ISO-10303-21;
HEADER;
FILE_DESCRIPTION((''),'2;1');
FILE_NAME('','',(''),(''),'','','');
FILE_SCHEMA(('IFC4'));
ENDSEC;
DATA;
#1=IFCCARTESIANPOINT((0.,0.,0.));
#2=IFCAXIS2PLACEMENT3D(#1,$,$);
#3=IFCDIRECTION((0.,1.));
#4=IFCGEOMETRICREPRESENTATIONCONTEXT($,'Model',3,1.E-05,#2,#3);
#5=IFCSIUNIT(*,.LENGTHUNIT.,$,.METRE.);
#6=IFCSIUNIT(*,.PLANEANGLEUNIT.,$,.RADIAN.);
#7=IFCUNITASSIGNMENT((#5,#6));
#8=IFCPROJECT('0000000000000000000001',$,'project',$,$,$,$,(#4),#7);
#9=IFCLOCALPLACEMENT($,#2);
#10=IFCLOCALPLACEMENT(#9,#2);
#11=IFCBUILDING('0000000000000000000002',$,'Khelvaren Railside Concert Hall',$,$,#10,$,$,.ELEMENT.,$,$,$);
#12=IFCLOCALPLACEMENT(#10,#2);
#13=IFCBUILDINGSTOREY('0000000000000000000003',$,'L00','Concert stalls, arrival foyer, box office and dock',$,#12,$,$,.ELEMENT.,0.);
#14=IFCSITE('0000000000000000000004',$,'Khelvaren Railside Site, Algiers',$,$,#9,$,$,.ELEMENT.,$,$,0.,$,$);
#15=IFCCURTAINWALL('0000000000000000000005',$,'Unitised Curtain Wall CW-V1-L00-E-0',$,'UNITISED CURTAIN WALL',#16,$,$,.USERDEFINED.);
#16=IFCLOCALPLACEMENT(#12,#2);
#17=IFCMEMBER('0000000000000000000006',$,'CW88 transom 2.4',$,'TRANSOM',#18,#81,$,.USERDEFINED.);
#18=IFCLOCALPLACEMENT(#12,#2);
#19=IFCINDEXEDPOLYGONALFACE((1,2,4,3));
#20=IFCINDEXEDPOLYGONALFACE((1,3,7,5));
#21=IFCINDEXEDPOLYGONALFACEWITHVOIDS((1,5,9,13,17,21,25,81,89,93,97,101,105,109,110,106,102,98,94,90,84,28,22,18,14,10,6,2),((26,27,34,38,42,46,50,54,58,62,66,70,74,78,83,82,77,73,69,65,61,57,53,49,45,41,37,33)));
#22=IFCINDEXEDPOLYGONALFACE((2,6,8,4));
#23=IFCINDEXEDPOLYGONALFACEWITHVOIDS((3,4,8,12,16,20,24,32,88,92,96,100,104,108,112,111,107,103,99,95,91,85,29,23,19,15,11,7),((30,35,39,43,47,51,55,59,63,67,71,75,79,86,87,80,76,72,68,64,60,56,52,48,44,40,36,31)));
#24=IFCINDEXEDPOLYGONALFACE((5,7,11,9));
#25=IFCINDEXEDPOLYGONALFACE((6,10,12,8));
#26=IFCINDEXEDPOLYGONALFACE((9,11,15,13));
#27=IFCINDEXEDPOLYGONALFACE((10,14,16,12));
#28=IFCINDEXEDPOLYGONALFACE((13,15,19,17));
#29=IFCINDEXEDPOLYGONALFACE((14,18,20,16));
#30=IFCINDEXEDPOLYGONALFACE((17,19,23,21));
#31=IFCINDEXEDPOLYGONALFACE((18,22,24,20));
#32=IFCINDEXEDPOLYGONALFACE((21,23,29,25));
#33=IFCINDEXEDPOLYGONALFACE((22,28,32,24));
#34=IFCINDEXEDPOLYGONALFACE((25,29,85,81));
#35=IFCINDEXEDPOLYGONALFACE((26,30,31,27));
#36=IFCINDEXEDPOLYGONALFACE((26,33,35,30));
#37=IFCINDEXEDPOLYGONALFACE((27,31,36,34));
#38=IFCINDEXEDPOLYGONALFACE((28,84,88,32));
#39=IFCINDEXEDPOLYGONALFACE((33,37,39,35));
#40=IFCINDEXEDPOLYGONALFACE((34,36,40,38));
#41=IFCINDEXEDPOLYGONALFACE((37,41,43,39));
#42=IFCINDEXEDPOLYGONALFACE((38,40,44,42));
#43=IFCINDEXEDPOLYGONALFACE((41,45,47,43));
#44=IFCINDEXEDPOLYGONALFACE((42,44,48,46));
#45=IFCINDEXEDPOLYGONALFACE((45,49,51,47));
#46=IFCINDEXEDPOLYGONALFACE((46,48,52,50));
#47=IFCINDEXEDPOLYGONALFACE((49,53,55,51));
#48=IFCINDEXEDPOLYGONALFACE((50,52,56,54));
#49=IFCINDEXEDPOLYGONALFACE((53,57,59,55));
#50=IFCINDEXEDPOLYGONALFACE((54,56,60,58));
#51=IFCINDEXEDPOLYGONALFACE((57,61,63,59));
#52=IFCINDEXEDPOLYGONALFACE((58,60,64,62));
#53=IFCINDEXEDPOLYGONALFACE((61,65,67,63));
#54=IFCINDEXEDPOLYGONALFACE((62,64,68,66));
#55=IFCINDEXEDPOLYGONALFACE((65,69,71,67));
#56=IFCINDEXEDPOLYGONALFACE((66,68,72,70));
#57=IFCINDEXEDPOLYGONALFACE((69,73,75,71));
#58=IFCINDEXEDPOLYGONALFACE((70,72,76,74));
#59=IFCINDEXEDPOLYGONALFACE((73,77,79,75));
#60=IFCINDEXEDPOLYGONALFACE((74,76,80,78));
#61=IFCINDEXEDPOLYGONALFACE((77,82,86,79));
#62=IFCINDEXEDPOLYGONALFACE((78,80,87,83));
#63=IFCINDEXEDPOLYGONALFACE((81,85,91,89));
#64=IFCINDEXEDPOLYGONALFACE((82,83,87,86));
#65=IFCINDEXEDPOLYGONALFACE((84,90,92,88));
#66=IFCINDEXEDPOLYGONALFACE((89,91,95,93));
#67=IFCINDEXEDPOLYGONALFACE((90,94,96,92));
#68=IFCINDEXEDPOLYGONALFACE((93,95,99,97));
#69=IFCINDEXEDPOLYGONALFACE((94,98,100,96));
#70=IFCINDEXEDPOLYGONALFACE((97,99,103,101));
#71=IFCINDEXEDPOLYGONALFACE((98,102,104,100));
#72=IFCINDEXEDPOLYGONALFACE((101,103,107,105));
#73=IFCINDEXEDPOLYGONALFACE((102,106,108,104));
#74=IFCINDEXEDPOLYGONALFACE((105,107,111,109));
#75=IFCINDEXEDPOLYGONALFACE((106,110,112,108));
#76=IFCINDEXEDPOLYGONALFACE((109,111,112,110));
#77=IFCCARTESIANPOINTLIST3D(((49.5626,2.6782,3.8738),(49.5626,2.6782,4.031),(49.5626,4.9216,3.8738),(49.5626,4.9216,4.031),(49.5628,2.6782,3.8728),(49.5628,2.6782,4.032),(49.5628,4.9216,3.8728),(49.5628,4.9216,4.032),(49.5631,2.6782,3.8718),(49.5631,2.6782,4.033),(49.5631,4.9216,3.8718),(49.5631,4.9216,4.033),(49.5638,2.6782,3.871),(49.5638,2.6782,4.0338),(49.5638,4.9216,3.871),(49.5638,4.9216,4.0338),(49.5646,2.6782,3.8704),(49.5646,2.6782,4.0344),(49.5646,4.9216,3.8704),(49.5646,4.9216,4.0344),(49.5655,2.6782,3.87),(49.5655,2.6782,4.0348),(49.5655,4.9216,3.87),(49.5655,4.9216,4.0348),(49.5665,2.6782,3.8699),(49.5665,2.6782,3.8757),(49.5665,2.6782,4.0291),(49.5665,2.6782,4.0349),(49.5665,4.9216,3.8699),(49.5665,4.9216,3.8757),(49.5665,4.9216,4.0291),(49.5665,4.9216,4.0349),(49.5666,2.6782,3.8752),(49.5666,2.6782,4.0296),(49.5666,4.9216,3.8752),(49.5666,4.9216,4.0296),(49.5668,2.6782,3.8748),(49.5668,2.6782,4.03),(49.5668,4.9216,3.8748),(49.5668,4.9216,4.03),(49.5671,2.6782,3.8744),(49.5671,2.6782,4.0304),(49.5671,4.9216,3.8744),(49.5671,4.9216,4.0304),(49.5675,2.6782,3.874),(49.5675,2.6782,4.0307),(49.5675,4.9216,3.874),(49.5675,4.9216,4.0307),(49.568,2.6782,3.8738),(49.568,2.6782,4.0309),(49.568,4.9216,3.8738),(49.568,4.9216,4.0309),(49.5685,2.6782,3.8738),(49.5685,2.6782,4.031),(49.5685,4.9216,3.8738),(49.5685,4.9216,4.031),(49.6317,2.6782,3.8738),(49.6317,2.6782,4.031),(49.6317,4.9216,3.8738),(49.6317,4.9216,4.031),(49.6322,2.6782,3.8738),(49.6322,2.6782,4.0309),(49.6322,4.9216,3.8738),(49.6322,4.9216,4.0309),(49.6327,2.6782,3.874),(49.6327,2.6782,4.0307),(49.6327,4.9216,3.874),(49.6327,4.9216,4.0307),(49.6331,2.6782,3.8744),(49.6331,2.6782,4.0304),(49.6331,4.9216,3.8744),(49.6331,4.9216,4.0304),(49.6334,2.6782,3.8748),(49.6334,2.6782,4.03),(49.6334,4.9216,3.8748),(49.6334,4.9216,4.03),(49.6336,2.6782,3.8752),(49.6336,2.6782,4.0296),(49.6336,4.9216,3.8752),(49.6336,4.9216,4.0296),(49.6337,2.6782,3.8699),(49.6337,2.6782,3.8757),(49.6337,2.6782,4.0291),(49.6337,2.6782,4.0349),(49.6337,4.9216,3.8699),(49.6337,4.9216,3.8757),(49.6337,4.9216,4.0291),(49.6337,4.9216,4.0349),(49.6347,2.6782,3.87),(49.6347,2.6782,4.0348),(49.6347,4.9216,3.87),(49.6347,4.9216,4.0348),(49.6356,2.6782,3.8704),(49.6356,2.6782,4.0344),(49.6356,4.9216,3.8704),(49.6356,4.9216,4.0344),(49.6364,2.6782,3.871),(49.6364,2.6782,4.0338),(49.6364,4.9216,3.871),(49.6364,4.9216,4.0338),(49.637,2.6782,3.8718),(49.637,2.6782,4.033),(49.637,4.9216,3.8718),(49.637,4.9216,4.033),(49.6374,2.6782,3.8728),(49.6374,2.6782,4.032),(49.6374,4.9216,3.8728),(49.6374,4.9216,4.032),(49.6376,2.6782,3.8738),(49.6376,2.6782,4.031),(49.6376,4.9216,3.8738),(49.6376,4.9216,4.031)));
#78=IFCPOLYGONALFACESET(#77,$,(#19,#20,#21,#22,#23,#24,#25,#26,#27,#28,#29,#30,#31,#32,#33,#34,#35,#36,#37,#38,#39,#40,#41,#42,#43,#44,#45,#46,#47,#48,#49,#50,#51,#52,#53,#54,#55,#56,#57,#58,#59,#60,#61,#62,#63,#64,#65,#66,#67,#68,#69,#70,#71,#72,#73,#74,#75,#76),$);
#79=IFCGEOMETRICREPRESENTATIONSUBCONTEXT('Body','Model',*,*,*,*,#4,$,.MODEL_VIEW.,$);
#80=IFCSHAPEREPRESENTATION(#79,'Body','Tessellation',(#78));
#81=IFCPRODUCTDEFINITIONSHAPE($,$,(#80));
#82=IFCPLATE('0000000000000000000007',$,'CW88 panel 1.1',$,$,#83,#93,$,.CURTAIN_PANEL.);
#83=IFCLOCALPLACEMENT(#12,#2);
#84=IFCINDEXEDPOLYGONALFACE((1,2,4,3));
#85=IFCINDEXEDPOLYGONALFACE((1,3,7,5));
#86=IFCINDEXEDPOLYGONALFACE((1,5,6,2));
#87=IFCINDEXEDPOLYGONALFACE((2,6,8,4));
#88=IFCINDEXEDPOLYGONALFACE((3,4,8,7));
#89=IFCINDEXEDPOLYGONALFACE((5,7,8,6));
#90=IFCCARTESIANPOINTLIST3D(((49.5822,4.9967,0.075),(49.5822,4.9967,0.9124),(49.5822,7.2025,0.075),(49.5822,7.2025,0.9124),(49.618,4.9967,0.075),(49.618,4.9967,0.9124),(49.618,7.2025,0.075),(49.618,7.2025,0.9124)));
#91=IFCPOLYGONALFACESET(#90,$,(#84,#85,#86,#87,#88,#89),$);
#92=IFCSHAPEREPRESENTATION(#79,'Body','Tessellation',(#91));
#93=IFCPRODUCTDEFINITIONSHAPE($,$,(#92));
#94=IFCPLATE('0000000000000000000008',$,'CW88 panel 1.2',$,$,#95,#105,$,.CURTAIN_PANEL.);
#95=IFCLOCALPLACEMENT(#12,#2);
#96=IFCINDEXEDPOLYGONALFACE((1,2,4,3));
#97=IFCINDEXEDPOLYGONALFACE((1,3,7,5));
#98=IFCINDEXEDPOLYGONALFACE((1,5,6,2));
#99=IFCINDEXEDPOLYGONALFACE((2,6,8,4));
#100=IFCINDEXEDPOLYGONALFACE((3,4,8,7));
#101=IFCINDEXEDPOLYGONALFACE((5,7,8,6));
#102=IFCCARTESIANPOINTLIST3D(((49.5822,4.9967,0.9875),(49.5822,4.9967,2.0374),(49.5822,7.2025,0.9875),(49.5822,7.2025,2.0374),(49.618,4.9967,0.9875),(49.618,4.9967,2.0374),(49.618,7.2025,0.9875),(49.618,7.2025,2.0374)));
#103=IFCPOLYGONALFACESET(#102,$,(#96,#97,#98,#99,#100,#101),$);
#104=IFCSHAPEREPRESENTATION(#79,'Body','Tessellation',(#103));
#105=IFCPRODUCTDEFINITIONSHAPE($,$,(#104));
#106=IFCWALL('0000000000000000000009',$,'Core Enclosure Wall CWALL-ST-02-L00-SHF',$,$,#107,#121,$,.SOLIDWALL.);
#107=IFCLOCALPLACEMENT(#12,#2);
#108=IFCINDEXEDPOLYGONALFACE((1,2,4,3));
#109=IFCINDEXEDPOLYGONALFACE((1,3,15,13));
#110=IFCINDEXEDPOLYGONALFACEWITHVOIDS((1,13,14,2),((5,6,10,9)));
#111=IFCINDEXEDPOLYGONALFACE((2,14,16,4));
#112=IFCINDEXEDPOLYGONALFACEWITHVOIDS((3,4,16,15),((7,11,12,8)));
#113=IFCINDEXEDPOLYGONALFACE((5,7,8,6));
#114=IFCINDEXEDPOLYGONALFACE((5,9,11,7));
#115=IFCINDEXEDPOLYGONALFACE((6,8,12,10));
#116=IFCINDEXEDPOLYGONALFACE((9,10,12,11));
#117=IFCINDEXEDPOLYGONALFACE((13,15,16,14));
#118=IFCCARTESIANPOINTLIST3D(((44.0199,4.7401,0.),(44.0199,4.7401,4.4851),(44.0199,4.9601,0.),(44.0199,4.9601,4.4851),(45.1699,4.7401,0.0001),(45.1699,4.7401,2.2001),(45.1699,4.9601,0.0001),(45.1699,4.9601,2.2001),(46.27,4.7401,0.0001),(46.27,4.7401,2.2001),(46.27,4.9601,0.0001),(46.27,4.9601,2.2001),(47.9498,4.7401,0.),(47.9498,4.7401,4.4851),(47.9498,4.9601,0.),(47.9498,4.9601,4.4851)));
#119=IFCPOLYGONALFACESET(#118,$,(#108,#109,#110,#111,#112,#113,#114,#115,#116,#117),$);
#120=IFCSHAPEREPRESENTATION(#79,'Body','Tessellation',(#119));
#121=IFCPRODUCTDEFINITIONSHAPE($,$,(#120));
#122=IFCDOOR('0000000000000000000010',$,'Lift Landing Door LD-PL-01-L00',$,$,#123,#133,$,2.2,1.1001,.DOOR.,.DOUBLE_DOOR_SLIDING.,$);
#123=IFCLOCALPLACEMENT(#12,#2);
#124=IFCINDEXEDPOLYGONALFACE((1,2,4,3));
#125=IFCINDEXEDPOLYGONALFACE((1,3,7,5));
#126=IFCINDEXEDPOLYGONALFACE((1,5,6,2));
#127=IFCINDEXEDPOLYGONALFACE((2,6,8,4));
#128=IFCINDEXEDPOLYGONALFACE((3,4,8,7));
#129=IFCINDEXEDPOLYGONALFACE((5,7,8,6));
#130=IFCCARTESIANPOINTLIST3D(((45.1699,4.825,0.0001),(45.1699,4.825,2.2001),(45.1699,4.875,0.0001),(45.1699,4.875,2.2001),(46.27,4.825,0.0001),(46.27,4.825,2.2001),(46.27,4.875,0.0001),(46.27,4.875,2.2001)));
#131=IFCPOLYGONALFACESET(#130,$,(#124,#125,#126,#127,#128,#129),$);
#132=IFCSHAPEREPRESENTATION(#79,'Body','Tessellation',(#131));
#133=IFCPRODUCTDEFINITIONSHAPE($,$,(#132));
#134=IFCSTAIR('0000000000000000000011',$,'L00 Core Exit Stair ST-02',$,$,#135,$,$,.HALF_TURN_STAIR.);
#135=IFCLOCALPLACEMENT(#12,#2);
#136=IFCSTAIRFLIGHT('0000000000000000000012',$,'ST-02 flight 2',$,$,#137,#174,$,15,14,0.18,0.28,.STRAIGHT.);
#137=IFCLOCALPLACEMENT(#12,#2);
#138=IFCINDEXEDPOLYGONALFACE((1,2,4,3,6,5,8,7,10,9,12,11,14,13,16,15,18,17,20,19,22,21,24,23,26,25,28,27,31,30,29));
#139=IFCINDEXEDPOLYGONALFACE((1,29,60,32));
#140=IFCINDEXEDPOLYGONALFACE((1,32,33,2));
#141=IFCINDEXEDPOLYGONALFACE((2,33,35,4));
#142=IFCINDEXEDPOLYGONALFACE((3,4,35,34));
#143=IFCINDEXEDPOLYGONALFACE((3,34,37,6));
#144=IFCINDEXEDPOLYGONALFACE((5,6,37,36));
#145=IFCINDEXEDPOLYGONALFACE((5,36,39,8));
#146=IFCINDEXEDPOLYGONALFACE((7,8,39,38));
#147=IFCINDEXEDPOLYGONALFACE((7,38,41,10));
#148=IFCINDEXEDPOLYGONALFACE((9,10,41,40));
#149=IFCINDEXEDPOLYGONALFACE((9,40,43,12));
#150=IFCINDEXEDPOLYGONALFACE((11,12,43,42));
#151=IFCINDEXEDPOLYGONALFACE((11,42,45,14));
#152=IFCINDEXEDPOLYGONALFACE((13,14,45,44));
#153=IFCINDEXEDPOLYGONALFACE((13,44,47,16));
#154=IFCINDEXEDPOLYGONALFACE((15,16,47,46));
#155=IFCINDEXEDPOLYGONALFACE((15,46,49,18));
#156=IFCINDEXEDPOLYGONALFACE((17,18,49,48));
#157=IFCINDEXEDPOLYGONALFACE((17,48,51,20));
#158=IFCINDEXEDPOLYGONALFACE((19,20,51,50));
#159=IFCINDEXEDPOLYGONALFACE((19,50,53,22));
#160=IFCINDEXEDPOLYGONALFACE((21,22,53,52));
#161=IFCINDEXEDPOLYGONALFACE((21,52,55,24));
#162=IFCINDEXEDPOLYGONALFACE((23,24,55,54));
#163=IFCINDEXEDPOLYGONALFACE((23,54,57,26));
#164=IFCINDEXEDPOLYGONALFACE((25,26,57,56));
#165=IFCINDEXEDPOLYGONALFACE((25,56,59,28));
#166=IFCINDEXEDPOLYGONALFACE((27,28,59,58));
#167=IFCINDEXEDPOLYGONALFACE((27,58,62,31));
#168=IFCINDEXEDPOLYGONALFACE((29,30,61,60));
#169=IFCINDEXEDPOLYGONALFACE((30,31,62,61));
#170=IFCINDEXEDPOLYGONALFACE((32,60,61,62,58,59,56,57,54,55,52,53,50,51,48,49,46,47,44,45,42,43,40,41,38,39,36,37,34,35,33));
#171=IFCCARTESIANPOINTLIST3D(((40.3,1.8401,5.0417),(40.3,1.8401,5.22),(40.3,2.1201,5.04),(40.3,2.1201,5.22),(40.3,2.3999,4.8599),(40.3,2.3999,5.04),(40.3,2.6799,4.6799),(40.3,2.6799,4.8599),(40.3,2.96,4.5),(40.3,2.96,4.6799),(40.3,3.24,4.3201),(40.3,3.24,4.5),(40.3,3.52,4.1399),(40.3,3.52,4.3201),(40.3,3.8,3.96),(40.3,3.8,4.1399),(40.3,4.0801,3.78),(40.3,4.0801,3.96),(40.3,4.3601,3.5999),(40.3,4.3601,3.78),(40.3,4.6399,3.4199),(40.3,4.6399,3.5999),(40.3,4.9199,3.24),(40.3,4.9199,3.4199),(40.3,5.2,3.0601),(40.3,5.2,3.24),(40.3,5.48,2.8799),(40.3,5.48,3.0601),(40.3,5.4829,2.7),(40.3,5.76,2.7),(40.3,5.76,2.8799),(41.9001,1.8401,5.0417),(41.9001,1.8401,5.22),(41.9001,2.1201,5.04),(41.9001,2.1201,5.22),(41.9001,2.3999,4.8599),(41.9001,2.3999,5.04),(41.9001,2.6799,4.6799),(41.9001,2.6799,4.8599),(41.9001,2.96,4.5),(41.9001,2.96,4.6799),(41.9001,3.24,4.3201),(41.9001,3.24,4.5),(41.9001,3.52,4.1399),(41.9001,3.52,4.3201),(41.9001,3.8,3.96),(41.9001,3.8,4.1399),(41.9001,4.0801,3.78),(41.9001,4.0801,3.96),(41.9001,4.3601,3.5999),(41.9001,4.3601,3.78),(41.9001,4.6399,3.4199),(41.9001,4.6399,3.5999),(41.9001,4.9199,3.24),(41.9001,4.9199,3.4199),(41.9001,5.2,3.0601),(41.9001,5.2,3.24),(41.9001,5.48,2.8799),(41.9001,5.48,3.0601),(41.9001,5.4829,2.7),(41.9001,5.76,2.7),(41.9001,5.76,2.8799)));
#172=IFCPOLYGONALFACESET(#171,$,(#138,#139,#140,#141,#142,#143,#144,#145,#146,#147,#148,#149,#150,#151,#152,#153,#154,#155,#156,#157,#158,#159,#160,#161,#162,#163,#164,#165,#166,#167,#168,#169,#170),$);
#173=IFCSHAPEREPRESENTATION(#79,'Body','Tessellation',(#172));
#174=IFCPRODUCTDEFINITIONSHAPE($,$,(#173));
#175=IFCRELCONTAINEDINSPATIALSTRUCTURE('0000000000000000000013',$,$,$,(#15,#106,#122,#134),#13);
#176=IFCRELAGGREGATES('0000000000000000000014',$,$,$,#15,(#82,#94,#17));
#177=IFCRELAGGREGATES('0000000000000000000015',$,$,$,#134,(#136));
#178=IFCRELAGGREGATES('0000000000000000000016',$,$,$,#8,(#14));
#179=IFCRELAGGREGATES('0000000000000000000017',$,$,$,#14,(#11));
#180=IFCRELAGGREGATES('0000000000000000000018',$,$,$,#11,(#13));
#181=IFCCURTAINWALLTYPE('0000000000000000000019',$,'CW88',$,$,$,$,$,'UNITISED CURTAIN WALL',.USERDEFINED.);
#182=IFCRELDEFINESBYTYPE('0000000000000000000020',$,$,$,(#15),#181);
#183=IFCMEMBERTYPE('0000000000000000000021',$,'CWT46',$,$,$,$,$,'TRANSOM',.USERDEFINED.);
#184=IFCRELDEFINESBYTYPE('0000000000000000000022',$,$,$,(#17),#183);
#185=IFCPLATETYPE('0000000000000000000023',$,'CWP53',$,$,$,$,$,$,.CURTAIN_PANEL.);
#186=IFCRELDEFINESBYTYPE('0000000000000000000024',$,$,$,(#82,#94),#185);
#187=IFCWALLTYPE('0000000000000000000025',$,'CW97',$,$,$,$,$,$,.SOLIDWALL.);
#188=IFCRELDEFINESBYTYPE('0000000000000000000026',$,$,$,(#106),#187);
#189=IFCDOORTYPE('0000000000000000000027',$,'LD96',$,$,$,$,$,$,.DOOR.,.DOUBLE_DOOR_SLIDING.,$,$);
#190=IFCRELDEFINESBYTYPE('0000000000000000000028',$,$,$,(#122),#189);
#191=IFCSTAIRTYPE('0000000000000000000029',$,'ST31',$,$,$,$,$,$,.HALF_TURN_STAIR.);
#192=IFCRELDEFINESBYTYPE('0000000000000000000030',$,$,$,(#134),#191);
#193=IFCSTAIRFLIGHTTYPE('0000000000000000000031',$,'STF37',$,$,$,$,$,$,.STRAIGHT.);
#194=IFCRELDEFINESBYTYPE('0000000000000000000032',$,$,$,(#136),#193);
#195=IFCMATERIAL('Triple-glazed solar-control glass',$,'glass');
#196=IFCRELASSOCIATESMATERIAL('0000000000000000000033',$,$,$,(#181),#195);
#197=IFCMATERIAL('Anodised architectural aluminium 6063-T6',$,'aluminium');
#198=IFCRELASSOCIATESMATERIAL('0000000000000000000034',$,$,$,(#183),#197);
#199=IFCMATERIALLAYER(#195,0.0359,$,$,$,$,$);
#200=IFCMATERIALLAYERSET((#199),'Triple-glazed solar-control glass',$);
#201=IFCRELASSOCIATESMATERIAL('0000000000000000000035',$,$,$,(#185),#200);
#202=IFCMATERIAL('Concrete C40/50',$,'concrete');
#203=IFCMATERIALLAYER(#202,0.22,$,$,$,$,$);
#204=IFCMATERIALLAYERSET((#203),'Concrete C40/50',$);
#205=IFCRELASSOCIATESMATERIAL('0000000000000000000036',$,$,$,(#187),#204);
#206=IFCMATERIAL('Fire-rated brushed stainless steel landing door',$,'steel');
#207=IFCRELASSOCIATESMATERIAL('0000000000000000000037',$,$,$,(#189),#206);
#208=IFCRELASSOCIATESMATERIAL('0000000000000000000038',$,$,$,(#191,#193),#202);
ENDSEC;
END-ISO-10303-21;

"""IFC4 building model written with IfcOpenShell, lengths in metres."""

from ifc_helpers import new_model, si_unit, direction, frame, frame_2d, origin, origin_2d, place, context, subcontext, project, spatial, polyline, rectangle, hollow_rectangle, outline, extrude, material, layer, layer_set, material_profile, profile_set, type_object, element, fill, aggregate, save


model = new_model("IFC4")

# Units and contexts
model_context = context("Model", 3, precision=1e-05, world=origin(), true_north=direction((0.0, 1.0)))
body_context = subcontext(model_context, "Body", "Model", "MODEL_VIEW")
ifc_project = project(units=[si_unit("LENGTHUNIT", "METRE"), si_unit("PLANEANGLEUNIT", "RADIAN")], contexts=[model_context])

# Site, building, storey
site_placement = place(None, origin())
site = spatial("IfcSite", under=ifc_project, at=site_placement, Name="Khelvaren Railside Site, Algiers", CompositionType="ELEMENT", RefElevation=0.0)
building_placement = place(site_placement, origin())
building = spatial("IfcBuilding", under=site, at=building_placement, Name="Khelvaren Railside Concert Hall", CompositionType="ELEMENT")
storey_placement = place(building_placement, origin())
storey = spatial("IfcBuildingStorey", under=building, at=storey_placement, Name="L00", Description="Concert stalls, arrival foyer, box office and dock", CompositionType="ELEMENT", Elevation=0.0)

# Curtain wall, member, plates
ifc_material_1 = material(Name="Triple-glazed solar-control glass", Category="glass")
curtain_wall_type = type_object("IfcCurtainWallType", Name="CW88", ElementType="UNITISED CURTAIN WALL", PredefinedType="USERDEFINED", material=ifc_material_1)
curtain_wall_placement = place(storey_placement, origin())
curtain_wall = element("IfcCurtainWall", 1, at=curtain_wall_placement, inside=storey, type_object=curtain_wall_type, Name="Unitised Curtain Wall CW-V1-L00-E-0", ObjectType="UNITISED CURTAIN WALL", PredefinedType="USERDEFINED")
ifc_material_2 = material(Name="Anodised architectural aluminium 6063-T6", Category="aluminium")
ifc_material_profile_1 = material_profile(ifc_material_2, hollow_rectangle(XDim=0.075, YDim=0.165, WallThickness=0.0039, InnerFilletRadius=0.002, OuterFilletRadius=0.0039, at=origin_2d()), Name="CWT 75x165x4")
ifc_profile_set_1 = profile_set([ifc_material_profile_1], Name="Anodised architectural aluminium 6063-T6")
member_type_1 = type_object("IfcMemberType", Name="CWT46", ElementType="TRANSOM", PredefinedType="USERDEFINED", material=ifc_profile_set_1)
member_1_placement = place(storey_placement, frame((49.6001, 4.9216, 3.9524), z_axis=(0.0, -1.0, 0.0), x_axis=(1.0, 0.0, 0.0)))
member_1 = element("IfcMember", 2, at=member_1_placement, type_object=member_type_1, Name="CW88 transom 2.4", ObjectType="TRANSOM", PredefinedType="USERDEFINED", context=body_context, shape_type="SweptSolid", body=[
    extrude(hollow_rectangle(XDim=0.075, YDim=0.165, WallThickness=0.0039, InnerFilletRadius=0.002, OuterFilletRadius=0.0039, at=origin_2d()), origin(), (0.0, 0.0, 1.0), 2.2434),
])
ifc_layer_1 = layer(ifc_material_1, 0.0359)
ifc_layer_set_1 = layer_set([ifc_layer_1], Name="Triple-glazed solar-control glass")
plate_type = type_object("IfcPlateType", Name="CWP53", PredefinedType="CURTAIN_PANEL", material=ifc_layer_set_1)
plate_1_placement = place(storey_placement, frame((49.6001, 6.0996, 0.075), z_axis=(0.0, 0.0, 1.0), x_axis=(0.0, -1.0, 0.0)))
plate_1 = element("IfcPlate", 3, at=plate_1_placement, type_object=plate_type, Name="CW88 panel 1.1", PredefinedType="CURTAIN_PANEL", context=body_context, shape_type="SweptSolid", body=[
    extrude(rectangle(XDim=2.2058, YDim=0.0359, at=origin_2d()), origin(), (0.0, 0.0, 1.0), 0.8374),
])
plate_2_placement = place(storey_placement, frame((49.6001, 6.0996, 0.9875), z_axis=(0.0, 0.0, 1.0), x_axis=(0.0, -1.0, 0.0)))
plate_2 = element("IfcPlate", 4, at=plate_2_placement, type_object=plate_type, Name="CW88 panel 1.2", PredefinedType="CURTAIN_PANEL", context=body_context, shape_type="SweptSolid", body=[
    extrude(rectangle(XDim=2.2058, YDim=0.0359, at=origin_2d()), origin(), (0.0, 0.0, 1.0), 1.0498),
])
aggregate(curtain_wall, [plate_1, plate_2, member_1])

# Wall, opening, door
ifc_material_3 = material(Name="Concrete C40/50", Category="concrete")
ifc_layer_2 = layer(ifc_material_3, 0.22)
ifc_layer_set_2 = layer_set([ifc_layer_2], Name="Concrete C40/50")
wall_type = type_object("IfcWallType", Name="CW97", PredefinedType="SOLIDWALL", material=ifc_layer_set_2)
wall_placement = place(storey_placement, frame((44.02, 4.8501, 0.0), z_axis=(0.0, 0.0, 1.0), x_axis=(1.0, 0.0, 0.0)))
wall = element("IfcWall", 5, at=wall_placement, inside=storey, type_object=wall_type, Name="Core Enclosure Wall CWALL-ST-02-L00-SHF", PredefinedType="SOLIDWALL", context=body_context, shape_type="SweptSolid", body=[
    extrude(rectangle(XDim=3.9299, YDim=0.22, at=frame_2d((1.9648, 0.0))), origin(), (0.0, 0.0, 1.0), 4.4851),
])
opening_placement = place(wall_placement, frame((1.1499, 0.0, 0.0)))
opening = element("IfcOpeningElement", 6, at=opening_placement, cuts=wall, PredefinedType="OPENING", context=body_context, shape_type="SweptSolid", body=[
    extrude(rectangle(XDim=1.1001, YDim=2.2, at=frame_2d((0.55, 1.1001))), frame((0.0, 0.1199, 0.0), z_axis=(0.0, -1.0, 0.0), x_axis=(1.0, 0.0, 0.0)), (0.0, 0.0, 1.0), 0.24),
])
ifc_material_4 = material(Name="Fire-rated brushed stainless steel landing door", Category="steel")
door_type = type_object("IfcDoorType", Name="LD96", OperationType="DOUBLE_DOOR_SLIDING", PredefinedType="DOOR", material=ifc_material_4)
door_placement = place(opening_placement, origin())
door = element("IfcDoor", 7, at=door_placement, inside=storey, type_object=door_type, Name="Lift Landing Door LD-PL-01-L00", OperationType="DOUBLE_DOOR_SLIDING", OverallHeight=2.2, OverallWidth=1.1001, PredefinedType="DOOR", context=body_context, shape_type="SweptSolid", body=[
    extrude(rectangle(XDim=1.1001, YDim=2.2, at=frame_2d((0.55, 1.1001))), frame((0.0, 0.0249, 0.0), z_axis=(0.0, -1.0, 0.0), x_axis=(1.0, 0.0, 0.0)), (0.0, 0.0, 1.0), 0.05),
])
fill(opening, door)

# Stair, stair flight
stair_type = type_object("IfcStairType", Name="ST31", PredefinedType="HALF_TURN_STAIR", material=ifc_material_3)
stair_placement = place(storey_placement, origin())
stair = element("IfcStair", 8, at=stair_placement, inside=storey, type_object=stair_type, Name="L00 Core Exit Stair ST-02", PredefinedType="HALF_TURN_STAIR")
stair_flight_type = type_object("IfcStairFlightType", Name="STF37", PredefinedType="STRAIGHT", material=ifc_material_3)
stair_flight_placement = place(storey_placement, frame((41.1001, 5.76, 2.7), z_axis=(0.0, 0.0, 1.0), x_axis=(0.0, -1.0, 0.0)))
stair_flight = element("IfcStairFlight", 9, at=stair_flight_placement, type_object=stair_flight_type, Name="ST-02 flight 2", NumberOfRisers=15, NumberOfTreads=14, PredefinedType="STRAIGHT", RiserHeight=0.18, TreadLength=0.28, context=body_context, shape_type="SweptSolid", body=[
    extrude(outline(polyline([(0.0, 0.0), (0.0, 0.1799), (0.28, 0.1799), (0.28, 0.3601), (0.5601, 0.3601), (0.5601, 0.54), (0.8401, 0.54), (0.8401, 0.72), (1.1201, 0.72), (1.1201, 0.8999), (1.3999, 0.8999), (1.3999, 1.0801), (1.6799, 1.0801), (1.6799, 1.26), (1.96, 1.26), (1.96, 1.4399), (2.24, 1.4399), (2.24, 1.6201), (2.52, 1.6201), (2.52, 1.8), (2.8, 1.8), (2.8, 1.98), (3.0801, 1.98), (3.0801, 2.1599), (3.3601, 2.1599), (3.3601, 2.3401), (3.6399, 2.3401), (3.6399, 2.52), (3.9199, 2.52), (3.9199, 2.7), (3.9199, 2.3418), (0.2771, 0.0), (0.0, 0.0)])), frame((0.0, 0.8, 0.0), z_axis=(0.0, -1.0, 0.0), x_axis=(1.0, 0.0, 0.0)), (0.0, 0.0, 1.0), 1.6001),
])
aggregate(stair, [stair_flight])

save(model, "model.ifc")
